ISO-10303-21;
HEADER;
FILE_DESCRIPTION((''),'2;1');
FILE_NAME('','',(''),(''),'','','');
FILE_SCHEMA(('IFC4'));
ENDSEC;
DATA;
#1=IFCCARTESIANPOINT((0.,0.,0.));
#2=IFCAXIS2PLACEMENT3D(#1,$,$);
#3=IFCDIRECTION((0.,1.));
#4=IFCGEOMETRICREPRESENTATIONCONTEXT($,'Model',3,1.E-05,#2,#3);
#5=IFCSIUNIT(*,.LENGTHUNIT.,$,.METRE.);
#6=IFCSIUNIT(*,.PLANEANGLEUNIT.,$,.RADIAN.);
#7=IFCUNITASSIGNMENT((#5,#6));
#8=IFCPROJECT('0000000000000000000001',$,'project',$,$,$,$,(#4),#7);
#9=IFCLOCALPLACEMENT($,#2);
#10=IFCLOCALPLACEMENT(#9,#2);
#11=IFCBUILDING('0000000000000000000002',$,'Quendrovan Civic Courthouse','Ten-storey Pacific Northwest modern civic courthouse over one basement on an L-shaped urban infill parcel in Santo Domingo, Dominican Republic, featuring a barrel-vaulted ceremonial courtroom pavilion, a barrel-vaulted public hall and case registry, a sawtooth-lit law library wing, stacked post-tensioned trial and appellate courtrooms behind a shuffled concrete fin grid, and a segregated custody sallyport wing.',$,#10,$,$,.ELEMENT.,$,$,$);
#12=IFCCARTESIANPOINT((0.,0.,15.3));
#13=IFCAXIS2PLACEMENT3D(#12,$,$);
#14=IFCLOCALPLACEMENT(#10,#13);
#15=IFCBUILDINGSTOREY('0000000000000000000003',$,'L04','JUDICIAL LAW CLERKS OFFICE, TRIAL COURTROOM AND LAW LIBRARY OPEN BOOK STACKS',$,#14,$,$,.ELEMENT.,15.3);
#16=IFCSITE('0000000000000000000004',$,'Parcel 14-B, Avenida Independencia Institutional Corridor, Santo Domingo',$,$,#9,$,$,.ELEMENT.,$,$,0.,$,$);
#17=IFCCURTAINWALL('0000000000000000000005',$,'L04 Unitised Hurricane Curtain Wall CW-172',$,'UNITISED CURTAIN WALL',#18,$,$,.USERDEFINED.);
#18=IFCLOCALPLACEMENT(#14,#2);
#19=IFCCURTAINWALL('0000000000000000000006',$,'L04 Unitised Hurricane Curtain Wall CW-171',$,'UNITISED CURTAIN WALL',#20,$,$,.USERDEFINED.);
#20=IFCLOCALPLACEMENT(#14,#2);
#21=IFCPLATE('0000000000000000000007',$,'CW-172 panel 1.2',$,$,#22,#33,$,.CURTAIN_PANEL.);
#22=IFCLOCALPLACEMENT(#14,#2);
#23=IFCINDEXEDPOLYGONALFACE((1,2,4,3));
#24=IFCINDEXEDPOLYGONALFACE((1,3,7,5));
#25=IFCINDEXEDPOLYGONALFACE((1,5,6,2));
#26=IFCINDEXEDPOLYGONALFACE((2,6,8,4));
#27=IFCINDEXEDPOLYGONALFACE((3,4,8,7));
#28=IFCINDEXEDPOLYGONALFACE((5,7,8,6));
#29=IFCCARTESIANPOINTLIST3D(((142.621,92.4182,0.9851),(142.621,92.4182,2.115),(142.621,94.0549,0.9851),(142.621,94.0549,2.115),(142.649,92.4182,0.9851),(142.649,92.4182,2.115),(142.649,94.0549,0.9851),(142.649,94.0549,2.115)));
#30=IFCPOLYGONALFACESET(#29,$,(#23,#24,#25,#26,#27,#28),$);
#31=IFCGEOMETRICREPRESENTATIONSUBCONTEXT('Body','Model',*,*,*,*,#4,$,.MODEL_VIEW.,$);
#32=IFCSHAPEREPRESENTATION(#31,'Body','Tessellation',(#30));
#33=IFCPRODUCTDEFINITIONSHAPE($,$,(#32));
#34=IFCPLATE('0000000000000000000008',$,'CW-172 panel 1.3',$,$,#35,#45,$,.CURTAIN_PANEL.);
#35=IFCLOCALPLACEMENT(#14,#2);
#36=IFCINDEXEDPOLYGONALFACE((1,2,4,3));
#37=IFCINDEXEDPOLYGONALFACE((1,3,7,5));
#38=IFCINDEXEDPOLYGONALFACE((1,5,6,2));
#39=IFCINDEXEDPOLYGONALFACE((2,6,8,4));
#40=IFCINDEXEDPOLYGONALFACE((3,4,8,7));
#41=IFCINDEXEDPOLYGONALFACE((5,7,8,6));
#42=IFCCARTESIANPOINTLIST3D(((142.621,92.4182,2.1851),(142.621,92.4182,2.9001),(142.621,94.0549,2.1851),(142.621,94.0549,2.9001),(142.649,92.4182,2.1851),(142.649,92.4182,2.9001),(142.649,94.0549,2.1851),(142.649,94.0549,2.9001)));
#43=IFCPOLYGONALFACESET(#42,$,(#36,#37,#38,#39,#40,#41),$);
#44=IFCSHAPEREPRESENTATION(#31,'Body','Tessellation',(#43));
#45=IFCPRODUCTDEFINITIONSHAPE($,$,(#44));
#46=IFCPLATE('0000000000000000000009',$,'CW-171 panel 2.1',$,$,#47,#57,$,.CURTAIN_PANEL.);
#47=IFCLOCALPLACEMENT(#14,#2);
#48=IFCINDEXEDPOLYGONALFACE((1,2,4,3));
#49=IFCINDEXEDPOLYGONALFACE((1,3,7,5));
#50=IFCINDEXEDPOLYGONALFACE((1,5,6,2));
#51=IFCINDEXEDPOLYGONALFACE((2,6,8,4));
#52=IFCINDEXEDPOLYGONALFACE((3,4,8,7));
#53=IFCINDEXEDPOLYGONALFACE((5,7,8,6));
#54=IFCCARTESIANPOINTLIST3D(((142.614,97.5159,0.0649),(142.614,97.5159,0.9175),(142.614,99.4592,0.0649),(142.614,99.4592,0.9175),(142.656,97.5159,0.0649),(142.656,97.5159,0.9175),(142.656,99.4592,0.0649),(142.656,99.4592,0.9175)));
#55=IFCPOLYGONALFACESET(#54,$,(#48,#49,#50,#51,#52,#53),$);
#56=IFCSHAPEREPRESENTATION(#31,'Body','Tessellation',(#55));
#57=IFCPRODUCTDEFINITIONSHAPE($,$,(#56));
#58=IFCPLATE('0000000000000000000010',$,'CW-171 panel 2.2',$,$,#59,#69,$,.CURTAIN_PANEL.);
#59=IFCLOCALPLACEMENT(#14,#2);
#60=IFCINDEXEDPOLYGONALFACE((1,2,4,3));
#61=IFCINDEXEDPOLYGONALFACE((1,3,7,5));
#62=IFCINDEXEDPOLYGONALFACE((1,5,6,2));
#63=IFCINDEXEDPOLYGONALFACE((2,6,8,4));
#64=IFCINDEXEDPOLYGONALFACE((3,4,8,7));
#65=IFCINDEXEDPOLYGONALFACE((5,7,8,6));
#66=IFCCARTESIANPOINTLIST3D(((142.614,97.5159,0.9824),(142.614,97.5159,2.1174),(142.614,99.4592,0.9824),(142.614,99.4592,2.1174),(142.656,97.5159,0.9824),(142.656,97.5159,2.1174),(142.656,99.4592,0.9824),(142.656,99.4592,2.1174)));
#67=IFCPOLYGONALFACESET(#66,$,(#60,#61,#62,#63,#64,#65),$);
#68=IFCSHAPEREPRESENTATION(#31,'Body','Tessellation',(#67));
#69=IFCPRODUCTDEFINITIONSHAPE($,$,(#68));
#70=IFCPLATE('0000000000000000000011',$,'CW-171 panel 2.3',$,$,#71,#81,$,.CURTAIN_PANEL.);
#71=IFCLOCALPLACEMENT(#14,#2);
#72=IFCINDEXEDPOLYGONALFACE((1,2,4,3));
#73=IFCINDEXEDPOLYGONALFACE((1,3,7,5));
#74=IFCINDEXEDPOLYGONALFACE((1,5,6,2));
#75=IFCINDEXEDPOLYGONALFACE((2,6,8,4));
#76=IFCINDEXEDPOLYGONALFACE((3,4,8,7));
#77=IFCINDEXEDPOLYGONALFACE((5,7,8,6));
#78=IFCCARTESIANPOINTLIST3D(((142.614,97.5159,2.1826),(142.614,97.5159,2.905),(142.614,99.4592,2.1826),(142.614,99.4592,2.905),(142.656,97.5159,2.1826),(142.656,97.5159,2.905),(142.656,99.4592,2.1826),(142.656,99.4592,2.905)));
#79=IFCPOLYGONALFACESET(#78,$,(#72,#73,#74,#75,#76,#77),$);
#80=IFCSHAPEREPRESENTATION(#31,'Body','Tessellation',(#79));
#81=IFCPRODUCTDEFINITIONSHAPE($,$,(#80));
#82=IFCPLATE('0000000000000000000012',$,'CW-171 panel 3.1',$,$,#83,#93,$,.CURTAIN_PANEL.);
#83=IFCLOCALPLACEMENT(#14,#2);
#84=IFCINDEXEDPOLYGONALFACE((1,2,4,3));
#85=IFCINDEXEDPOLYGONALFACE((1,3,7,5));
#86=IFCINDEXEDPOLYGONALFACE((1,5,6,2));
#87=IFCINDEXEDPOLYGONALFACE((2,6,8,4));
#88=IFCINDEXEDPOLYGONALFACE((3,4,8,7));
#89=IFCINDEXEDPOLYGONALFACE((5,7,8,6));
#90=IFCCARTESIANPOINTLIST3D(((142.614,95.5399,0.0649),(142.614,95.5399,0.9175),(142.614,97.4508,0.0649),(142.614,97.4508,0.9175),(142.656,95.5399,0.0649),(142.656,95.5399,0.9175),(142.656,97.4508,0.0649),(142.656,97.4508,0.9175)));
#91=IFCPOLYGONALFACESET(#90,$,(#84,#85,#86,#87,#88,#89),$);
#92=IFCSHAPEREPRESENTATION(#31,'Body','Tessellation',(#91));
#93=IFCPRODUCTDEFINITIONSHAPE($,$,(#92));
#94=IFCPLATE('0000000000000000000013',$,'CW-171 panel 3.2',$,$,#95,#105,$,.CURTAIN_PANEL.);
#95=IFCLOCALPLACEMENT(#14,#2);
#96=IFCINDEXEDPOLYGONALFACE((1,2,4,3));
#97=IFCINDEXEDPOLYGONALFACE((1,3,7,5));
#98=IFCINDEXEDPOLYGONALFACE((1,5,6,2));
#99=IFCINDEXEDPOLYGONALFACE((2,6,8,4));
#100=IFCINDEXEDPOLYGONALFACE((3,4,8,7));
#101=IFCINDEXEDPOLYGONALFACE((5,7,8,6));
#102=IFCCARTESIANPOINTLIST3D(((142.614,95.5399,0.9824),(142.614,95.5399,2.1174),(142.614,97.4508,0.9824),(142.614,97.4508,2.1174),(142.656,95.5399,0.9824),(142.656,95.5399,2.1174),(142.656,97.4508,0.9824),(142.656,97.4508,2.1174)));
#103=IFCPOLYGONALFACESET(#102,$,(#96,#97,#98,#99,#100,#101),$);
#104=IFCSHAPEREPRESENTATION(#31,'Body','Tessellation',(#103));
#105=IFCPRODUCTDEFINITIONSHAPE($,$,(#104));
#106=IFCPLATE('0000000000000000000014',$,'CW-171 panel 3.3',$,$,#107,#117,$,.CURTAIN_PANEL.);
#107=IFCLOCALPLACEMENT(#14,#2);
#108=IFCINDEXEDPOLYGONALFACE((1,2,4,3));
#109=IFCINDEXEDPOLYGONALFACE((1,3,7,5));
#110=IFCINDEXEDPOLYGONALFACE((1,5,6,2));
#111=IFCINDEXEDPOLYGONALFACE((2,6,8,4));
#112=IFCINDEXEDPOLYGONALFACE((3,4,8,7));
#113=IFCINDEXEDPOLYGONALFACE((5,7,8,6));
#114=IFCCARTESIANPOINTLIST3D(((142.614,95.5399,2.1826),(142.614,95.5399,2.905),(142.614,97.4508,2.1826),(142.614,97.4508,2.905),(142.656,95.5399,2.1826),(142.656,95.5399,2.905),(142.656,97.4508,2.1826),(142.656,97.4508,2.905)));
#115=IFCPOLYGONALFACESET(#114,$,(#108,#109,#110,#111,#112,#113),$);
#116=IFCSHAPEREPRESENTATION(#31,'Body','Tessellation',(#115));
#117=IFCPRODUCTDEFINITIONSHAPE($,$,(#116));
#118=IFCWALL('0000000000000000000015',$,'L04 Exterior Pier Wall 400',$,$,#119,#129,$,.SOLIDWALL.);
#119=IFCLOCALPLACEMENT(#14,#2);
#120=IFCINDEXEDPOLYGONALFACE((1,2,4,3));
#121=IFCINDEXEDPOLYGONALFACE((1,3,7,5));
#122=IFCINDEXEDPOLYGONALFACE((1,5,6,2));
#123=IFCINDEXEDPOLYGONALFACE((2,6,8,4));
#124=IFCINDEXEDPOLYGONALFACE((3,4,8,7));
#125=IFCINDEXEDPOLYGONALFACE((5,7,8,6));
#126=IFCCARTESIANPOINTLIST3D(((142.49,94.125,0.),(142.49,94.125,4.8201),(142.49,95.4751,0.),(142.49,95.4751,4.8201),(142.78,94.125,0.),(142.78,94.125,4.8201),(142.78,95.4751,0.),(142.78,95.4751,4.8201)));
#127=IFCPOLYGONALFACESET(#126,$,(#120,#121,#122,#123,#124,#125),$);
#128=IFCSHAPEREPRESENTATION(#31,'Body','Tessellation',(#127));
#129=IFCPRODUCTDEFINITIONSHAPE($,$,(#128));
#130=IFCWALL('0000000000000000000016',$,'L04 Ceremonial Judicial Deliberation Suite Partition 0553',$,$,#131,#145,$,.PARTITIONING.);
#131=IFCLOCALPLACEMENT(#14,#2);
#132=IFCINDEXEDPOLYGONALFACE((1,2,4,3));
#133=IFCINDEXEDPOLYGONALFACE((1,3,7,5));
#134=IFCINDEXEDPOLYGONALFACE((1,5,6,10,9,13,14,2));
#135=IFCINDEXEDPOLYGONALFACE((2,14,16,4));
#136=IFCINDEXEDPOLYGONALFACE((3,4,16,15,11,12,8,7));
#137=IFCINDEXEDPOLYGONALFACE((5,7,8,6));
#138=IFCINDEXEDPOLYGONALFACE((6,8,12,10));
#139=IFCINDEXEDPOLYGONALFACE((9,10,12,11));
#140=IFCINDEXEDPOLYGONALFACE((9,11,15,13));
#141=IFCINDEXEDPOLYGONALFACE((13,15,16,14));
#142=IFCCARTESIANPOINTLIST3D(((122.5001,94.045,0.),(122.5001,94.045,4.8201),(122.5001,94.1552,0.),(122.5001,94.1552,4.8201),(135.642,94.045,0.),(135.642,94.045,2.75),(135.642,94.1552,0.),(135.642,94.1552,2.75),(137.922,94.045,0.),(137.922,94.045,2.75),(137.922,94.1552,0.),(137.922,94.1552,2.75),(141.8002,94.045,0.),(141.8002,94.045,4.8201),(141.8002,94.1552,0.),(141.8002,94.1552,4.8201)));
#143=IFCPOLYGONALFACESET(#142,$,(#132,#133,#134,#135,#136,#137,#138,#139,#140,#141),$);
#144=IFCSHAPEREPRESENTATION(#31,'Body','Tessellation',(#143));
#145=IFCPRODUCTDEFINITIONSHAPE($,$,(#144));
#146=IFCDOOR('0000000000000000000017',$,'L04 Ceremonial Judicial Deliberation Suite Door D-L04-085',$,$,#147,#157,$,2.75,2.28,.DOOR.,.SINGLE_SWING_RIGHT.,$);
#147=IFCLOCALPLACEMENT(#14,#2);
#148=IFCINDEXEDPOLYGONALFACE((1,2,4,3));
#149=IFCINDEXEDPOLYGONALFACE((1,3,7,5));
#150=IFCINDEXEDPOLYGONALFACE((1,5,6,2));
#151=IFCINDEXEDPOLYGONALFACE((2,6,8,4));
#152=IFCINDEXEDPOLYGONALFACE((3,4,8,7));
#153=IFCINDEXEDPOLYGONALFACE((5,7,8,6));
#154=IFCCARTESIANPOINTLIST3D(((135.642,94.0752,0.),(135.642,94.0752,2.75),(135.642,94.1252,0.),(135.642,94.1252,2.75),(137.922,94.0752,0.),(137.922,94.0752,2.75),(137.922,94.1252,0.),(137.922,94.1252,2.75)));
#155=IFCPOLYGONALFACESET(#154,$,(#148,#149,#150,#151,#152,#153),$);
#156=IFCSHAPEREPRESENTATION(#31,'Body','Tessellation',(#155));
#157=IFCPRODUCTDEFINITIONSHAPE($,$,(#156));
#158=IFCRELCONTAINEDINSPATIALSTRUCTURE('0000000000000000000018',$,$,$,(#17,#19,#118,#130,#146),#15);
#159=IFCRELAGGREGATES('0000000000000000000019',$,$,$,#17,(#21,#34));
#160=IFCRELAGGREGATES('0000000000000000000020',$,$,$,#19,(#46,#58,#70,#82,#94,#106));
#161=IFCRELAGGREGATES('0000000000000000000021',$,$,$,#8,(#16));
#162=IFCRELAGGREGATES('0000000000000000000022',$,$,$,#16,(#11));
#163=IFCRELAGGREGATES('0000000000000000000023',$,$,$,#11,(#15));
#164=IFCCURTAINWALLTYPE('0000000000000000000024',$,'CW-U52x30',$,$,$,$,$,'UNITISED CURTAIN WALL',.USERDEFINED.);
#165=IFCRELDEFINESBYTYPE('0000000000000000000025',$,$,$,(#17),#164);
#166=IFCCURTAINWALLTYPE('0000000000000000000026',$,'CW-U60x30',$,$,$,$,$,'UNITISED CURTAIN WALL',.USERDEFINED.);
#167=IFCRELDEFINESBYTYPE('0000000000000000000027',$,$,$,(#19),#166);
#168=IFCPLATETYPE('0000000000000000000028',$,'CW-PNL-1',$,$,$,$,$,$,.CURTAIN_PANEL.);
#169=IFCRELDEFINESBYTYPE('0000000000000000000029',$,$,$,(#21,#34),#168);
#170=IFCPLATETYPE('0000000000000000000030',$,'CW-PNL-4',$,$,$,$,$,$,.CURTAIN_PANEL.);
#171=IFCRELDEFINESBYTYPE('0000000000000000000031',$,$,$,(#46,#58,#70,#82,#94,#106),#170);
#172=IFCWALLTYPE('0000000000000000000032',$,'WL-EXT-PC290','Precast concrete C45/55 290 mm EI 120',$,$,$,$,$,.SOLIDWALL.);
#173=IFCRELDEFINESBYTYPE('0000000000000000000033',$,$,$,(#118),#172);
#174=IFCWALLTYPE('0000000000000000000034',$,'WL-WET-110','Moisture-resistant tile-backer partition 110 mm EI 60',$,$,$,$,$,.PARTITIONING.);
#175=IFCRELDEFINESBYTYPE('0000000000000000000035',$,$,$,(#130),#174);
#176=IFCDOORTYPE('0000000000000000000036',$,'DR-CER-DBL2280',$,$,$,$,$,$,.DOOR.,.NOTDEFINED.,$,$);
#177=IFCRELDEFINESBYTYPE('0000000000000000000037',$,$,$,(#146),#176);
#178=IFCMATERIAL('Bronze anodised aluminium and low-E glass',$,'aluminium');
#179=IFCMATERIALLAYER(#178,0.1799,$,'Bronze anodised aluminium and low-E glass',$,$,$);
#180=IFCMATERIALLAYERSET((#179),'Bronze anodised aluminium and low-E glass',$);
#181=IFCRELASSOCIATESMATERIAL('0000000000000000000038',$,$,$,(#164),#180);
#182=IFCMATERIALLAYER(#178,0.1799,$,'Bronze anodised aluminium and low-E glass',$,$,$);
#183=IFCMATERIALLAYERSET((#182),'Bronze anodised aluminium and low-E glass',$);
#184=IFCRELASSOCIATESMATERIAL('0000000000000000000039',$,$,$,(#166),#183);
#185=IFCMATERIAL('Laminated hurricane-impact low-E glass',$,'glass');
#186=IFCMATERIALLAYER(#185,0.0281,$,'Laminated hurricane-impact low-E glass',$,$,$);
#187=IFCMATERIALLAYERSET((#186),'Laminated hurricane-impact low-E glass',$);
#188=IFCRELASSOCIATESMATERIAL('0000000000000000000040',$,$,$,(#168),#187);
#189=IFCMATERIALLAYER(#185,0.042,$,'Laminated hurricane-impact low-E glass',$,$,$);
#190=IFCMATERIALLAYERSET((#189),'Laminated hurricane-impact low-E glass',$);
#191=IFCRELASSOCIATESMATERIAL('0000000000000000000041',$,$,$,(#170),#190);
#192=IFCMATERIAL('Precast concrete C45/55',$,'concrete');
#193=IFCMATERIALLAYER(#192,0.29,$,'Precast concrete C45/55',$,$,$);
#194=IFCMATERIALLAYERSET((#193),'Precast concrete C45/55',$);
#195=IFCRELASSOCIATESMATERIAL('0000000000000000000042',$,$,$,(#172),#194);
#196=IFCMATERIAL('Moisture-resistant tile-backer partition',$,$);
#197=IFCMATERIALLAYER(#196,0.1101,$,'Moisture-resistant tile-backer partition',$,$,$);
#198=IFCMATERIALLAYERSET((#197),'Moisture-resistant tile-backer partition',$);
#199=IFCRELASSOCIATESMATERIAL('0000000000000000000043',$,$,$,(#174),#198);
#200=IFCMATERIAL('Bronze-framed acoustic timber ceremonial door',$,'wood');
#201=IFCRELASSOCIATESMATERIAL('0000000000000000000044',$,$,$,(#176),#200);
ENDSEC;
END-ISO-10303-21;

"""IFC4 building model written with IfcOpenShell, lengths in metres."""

from ifc_helpers import new_model, si_unit, direction, frame, frame_2d, origin, origin_2d, place, context, subcontext, project, spatial, rectangle, extrude, material, layer, layer_set, type_object, element, fill, aggregate, save


model = new_model("IFC4")

# Units and contexts
model_context = context("Model", 3, precision=1e-05, world=origin(), true_north=direction((0.0, 1.0)))
body_context = subcontext(model_context, "Body", "Model", "MODEL_VIEW")
ifc_project = project(units=[si_unit("LENGTHUNIT", "METRE"), si_unit("PLANEANGLEUNIT", "RADIAN")], contexts=[model_context])

# Site, building, storey
site_placement = place(None, origin())
site = spatial("IfcSite", under=ifc_project, at=site_placement, Name="Parcel 14-B, Avenida Independencia Institutional Corridor, Santo Domingo", CompositionType="ELEMENT", RefElevation=0.0)
building_placement = place(site_placement, origin())
building = spatial("IfcBuilding", under=site, at=building_placement, Name="Quendrovan Civic Courthouse", Description="Ten-storey Pacific Northwest modern civic courthouse over one basement on an L-shaped urban infill parcel in Santo Domingo, Dominican Republic, featuring a barrel-vaulted ceremonial courtroom pavilion, a barrel-vaulted public hall and case registry, a sawtooth-lit law library wing, stacked post-tensioned trial and appellate courtrooms behind a shuffled concrete fin grid, and a segregated custody sallyport wing.", CompositionType="ELEMENT")
storey_placement = place(building_placement, frame((0.0, 0.0, 15.3)))
storey = spatial("IfcBuildingStorey", under=building, at=storey_placement, Name="L04", Description="JUDICIAL LAW CLERKS OFFICE, TRIAL COURTROOM AND LAW LIBRARY OPEN BOOK STACKS", CompositionType="ELEMENT", Elevation=15.3)

# Curtain walls
ifc_material_1 = material(Name="Bronze anodised aluminium and low-E glass", Category="aluminium")
ifc_layer_1 = layer(ifc_material_1, 0.1799, Name="Bronze anodised aluminium and low-E glass")
ifc_layer_set_1 = layer_set([ifc_layer_1], Name="Bronze anodised aluminium and low-E glass")
curtain_wall_type_1 = type_object("IfcCurtainWallType", Name="CW-U52x30", ElementType="UNITISED CURTAIN WALL", PredefinedType="USERDEFINED", material=ifc_layer_set_1)
curtain_wall_1_placement = place(storey_placement, origin())
curtain_wall_1 = element("IfcCurtainWall", 1, at=curtain_wall_1_placement, inside=storey, type_object=curtain_wall_type_1, Name="L04 Unitised Hurricane Curtain Wall CW-172", ObjectType="UNITISED CURTAIN WALL", PredefinedType="USERDEFINED")
ifc_layer_2 = layer(ifc_material_1, 0.1799, Name="Bronze anodised aluminium and low-E glass")
ifc_layer_set_2 = layer_set([ifc_layer_2], Name="Bronze anodised aluminium and low-E glass")
curtain_wall_type_2 = type_object("IfcCurtainWallType", Name="CW-U60x30", ElementType="UNITISED CURTAIN WALL", PredefinedType="USERDEFINED", material=ifc_layer_set_2)
curtain_wall_2_placement = place(storey_placement, origin())
curtain_wall_2 = element("IfcCurtainWall", 2, at=curtain_wall_2_placement, inside=storey, type_object=curtain_wall_type_2, Name="L04 Unitised Hurricane Curtain Wall CW-171", ObjectType="UNITISED CURTAIN WALL", PredefinedType="USERDEFINED")

# Plates
ifc_material_2 = material(Name="Laminated hurricane-impact low-E glass", Category="glass")
ifc_layer_3 = layer(ifc_material_2, 0.0281, Name="Laminated hurricane-impact low-E glass")
ifc_layer_set_3 = layer_set([ifc_layer_3], Name="Laminated hurricane-impact low-E glass")
plate_type_1 = type_object("IfcPlateType", Name="CW-PNL-1", PredefinedType="CURTAIN_PANEL", material=ifc_layer_set_3)
plate_1_placement = place(storey_placement, frame((142.635, 93.2366, 0.9851), z_axis=(0.0, 0.0, 1.0), x_axis=(0.0, -1.0, 0.0)))
plate_1 = element("IfcPlate", 3, at=plate_1_placement, type_object=plate_type_1, Name="CW-172 panel 1.2", PredefinedType="CURTAIN_PANEL", context=body_context, shape_type="SweptSolid", body=[
    extrude(rectangle(XDim=1.6367, YDim=0.0281, at=origin_2d()), origin(), (0.0, 0.0, 1.0), 1.1299),
])
plate_2_placement = place(storey_placement, frame((142.635, 93.2366, 2.1851), z_axis=(0.0, 0.0, 1.0), x_axis=(0.0, -1.0, 0.0)))
plate_2 = element("IfcPlate", 4, at=plate_2_placement, type_object=plate_type_1, Name="CW-172 panel 1.3", PredefinedType="CURTAIN_PANEL", context=body_context, shape_type="SweptSolid", body=[
    extrude(rectangle(XDim=1.6367, YDim=0.0281, at=origin_2d()), origin(), (0.0, 0.0, 1.0), 0.7151),
])
aggregate(curtain_wall_1, [plate_1, plate_2])
ifc_layer_4 = layer(ifc_material_2, 0.042, Name="Laminated hurricane-impact low-E glass")
ifc_layer_set_4 = layer_set([ifc_layer_4], Name="Laminated hurricane-impact low-E glass")
plate_type_2 = type_object("IfcPlateType", Name="CW-PNL-4", PredefinedType="CURTAIN_PANEL", material=ifc_layer_set_4)
plate_3_placement = place(storey_placement, frame((142.635, 98.4875, 0.0649), z_axis=(0.0, 0.0, 1.0), x_axis=(0.0, -1.0, 0.0)))
plate_3 = element("IfcPlate", 5, at=plate_3_placement, type_object=plate_type_2, Name="CW-171 panel 2.1", PredefinedType="CURTAIN_PANEL", context=body_context, shape_type="SweptSolid", body=[
    extrude(rectangle(XDim=1.9434, YDim=0.042, at=origin_2d()), origin(), (0.0, 0.0, 1.0), 0.8525),
])
plate_4_placement = place(storey_placement, frame((142.635, 98.4875, 0.9824), z_axis=(0.0, 0.0, 1.0), x_axis=(0.0, -1.0, 0.0)))
plate_4 = element("IfcPlate", 6, at=plate_4_placement, type_object=plate_type_2, Name="CW-171 panel 2.2", PredefinedType="CURTAIN_PANEL", context=body_context, shape_type="SweptSolid", body=[
    extrude(rectangle(XDim=1.9434, YDim=0.042, at=origin_2d()), origin(), (0.0, 0.0, 1.0), 1.135),
])
plate_5_placement = place(storey_placement, frame((142.635, 98.4875, 2.1826), z_axis=(0.0, 0.0, 1.0), x_axis=(0.0, -1.0, 0.0)))
plate_5 = element("IfcPlate", 7, at=plate_5_placement, type_object=plate_type_2, Name="CW-171 panel 2.3", PredefinedType="CURTAIN_PANEL", context=body_context, shape_type="SweptSolid", body=[
    extrude(rectangle(XDim=1.9434, YDim=0.042, at=origin_2d()), origin(), (0.0, 0.0, 1.0), 0.7224),
])
plate_6_placement = place(storey_placement, frame((142.635, 96.4954, 0.0649), z_axis=(0.0, 0.0, 1.0), x_axis=(0.0, -1.0, 0.0)))
plate_6 = element("IfcPlate", 8, at=plate_6_placement, type_object=plate_type_2, Name="CW-171 panel 3.1", PredefinedType="CURTAIN_PANEL", context=body_context, shape_type="SweptSolid", body=[
    extrude(rectangle(XDim=1.9109, YDim=0.042, at=origin_2d()), origin(), (0.0, 0.0, 1.0), 0.8525),
])
plate_7_placement = place(storey_placement, frame((142.635, 96.4954, 0.9824), z_axis=(0.0, 0.0, 1.0), x_axis=(0.0, -1.0, 0.0)))
plate_7 = element("IfcPlate", 9, at=plate_7_placement, type_object=plate_type_2, Name="CW-171 panel 3.2", PredefinedType="CURTAIN_PANEL", context=body_context, shape_type="SweptSolid", body=[
    extrude(rectangle(XDim=1.9109, YDim=0.042, at=origin_2d()), origin(), (0.0, 0.0, 1.0), 1.135),
])
plate_8_placement = place(storey_placement, frame((142.635, 96.4954, 2.1826), z_axis=(0.0, 0.0, 1.0), x_axis=(0.0, -1.0, 0.0)))
plate_8 = element("IfcPlate", 10, at=plate_8_placement, type_object=plate_type_2, Name="CW-171 panel 3.3", PredefinedType="CURTAIN_PANEL", context=body_context, shape_type="SweptSolid", body=[
    extrude(rectangle(XDim=1.9109, YDim=0.042, at=origin_2d()), origin(), (0.0, 0.0, 1.0), 0.7224),
])
aggregate(curtain_wall_2, [plate_3, plate_4, plate_5, plate_6, plate_7, plate_8])

# Wall
ifc_material_3 = material(Name="Precast concrete C45/55", Category="concrete")
ifc_layer_5 = layer(ifc_material_3, 0.29, Name="Precast concrete C45/55")
ifc_layer_set_5 = layer_set([ifc_layer_5], Name="Precast concrete C45/55")
wall_type_1 = type_object("IfcWallType", Name="WL-EXT-PC290", Description="Precast concrete C45/55 290 mm EI 120", PredefinedType="SOLIDWALL", material=ifc_layer_set_5)
wall_1_placement = place(storey_placement, frame((142.635, 95.4751, 0.0), z_axis=(0.0, 0.0, 1.0), x_axis=(0.0, -1.0, 0.0)))
element("IfcWall", 11, at=wall_1_placement, inside=storey, type_object=wall_type_1, Name="L04 Exterior Pier Wall 400", PredefinedType="SOLIDWALL", context=body_context, shape_type="SweptSolid", body=[
    extrude(rectangle(XDim=1.3501, YDim=0.29, at=frame_2d((0.675, 0.0))), origin(), (0.0, 0.0, 1.0), 4.8201),
])

# Wall, opening, door
ifc_material_4 = material(Name="Moisture-resistant tile-backer partition")
ifc_layer_6 = layer(ifc_material_4, 0.1101, Name="Moisture-resistant tile-backer partition")
ifc_layer_set_6 = layer_set([ifc_layer_6], Name="Moisture-resistant tile-backer partition")
wall_type_2 = type_object("IfcWallType", Name="WL-WET-110", Description="Moisture-resistant tile-backer partition 110 mm EI 60", PredefinedType="PARTITIONING", material=ifc_layer_set_6)
wall_2_placement = place(storey_placement, frame((141.8, 94.1001, 0.0), z_axis=(0.0, 0.0, 1.0), x_axis=(-1.0, 0.0, 0.0)))
wall_2 = element("IfcWall", 12, at=wall_2_placement, inside=storey, type_object=wall_type_2, Name="L04 Ceremonial Judicial Deliberation Suite Partition 0553", PredefinedType="PARTITIONING", context=body_context, shape_type="SweptSolid", body=[
    extrude(rectangle(XDim=19.3, YDim=0.1101, at=frame_2d((9.6499, 0.0))), origin(), (0.0, 0.0, 1.0), 4.8201),
])
opening_placement = place(wall_2_placement, frame((3.8779, 0.0, 0.0)))
opening = element("IfcOpeningElement", 13, at=opening_placement, cuts=wall_2, PredefinedType="OPENING", context=body_context, shape_type="SweptSolid", body=[
    extrude(rectangle(XDim=2.28, YDim=2.75, at=frame_2d((1.1401, 1.375))), frame((0.0, 0.0649, 0.0), z_axis=(0.0, -1.0, 0.0), x_axis=(1.0, 0.0, 0.0)), (0.0, 0.0, 1.0), 0.1301),
])
ifc_material_5 = material(Name="Bronze-framed acoustic timber ceremonial door", Category="wood")
door_type = type_object("IfcDoorType", Name="DR-CER-DBL2280", OperationType="NOTDEFINED", PredefinedType="DOOR", material=ifc_material_5)
door_placement = place(opening_placement, origin())
door = element("IfcDoor", 14, at=door_placement, inside=storey, type_object=door_type, Name="L04 Ceremonial Judicial Deliberation Suite Door D-L04-085", OperationType="SINGLE_SWING_RIGHT", OverallHeight=2.75, OverallWidth=2.28, PredefinedType="DOOR", context=body_context, shape_type="SweptSolid", body=[
    extrude(rectangle(XDim=2.28, YDim=2.75, at=frame_2d((1.1401, 1.375))), frame((0.0, 0.0249, 0.0), z_axis=(0.0, -1.0, 0.0), x_axis=(1.0, 0.0, 0.0)), (0.0, 0.0, 1.0), 0.05),
])
fill(opening, door)

save(model, "model.ifc")
